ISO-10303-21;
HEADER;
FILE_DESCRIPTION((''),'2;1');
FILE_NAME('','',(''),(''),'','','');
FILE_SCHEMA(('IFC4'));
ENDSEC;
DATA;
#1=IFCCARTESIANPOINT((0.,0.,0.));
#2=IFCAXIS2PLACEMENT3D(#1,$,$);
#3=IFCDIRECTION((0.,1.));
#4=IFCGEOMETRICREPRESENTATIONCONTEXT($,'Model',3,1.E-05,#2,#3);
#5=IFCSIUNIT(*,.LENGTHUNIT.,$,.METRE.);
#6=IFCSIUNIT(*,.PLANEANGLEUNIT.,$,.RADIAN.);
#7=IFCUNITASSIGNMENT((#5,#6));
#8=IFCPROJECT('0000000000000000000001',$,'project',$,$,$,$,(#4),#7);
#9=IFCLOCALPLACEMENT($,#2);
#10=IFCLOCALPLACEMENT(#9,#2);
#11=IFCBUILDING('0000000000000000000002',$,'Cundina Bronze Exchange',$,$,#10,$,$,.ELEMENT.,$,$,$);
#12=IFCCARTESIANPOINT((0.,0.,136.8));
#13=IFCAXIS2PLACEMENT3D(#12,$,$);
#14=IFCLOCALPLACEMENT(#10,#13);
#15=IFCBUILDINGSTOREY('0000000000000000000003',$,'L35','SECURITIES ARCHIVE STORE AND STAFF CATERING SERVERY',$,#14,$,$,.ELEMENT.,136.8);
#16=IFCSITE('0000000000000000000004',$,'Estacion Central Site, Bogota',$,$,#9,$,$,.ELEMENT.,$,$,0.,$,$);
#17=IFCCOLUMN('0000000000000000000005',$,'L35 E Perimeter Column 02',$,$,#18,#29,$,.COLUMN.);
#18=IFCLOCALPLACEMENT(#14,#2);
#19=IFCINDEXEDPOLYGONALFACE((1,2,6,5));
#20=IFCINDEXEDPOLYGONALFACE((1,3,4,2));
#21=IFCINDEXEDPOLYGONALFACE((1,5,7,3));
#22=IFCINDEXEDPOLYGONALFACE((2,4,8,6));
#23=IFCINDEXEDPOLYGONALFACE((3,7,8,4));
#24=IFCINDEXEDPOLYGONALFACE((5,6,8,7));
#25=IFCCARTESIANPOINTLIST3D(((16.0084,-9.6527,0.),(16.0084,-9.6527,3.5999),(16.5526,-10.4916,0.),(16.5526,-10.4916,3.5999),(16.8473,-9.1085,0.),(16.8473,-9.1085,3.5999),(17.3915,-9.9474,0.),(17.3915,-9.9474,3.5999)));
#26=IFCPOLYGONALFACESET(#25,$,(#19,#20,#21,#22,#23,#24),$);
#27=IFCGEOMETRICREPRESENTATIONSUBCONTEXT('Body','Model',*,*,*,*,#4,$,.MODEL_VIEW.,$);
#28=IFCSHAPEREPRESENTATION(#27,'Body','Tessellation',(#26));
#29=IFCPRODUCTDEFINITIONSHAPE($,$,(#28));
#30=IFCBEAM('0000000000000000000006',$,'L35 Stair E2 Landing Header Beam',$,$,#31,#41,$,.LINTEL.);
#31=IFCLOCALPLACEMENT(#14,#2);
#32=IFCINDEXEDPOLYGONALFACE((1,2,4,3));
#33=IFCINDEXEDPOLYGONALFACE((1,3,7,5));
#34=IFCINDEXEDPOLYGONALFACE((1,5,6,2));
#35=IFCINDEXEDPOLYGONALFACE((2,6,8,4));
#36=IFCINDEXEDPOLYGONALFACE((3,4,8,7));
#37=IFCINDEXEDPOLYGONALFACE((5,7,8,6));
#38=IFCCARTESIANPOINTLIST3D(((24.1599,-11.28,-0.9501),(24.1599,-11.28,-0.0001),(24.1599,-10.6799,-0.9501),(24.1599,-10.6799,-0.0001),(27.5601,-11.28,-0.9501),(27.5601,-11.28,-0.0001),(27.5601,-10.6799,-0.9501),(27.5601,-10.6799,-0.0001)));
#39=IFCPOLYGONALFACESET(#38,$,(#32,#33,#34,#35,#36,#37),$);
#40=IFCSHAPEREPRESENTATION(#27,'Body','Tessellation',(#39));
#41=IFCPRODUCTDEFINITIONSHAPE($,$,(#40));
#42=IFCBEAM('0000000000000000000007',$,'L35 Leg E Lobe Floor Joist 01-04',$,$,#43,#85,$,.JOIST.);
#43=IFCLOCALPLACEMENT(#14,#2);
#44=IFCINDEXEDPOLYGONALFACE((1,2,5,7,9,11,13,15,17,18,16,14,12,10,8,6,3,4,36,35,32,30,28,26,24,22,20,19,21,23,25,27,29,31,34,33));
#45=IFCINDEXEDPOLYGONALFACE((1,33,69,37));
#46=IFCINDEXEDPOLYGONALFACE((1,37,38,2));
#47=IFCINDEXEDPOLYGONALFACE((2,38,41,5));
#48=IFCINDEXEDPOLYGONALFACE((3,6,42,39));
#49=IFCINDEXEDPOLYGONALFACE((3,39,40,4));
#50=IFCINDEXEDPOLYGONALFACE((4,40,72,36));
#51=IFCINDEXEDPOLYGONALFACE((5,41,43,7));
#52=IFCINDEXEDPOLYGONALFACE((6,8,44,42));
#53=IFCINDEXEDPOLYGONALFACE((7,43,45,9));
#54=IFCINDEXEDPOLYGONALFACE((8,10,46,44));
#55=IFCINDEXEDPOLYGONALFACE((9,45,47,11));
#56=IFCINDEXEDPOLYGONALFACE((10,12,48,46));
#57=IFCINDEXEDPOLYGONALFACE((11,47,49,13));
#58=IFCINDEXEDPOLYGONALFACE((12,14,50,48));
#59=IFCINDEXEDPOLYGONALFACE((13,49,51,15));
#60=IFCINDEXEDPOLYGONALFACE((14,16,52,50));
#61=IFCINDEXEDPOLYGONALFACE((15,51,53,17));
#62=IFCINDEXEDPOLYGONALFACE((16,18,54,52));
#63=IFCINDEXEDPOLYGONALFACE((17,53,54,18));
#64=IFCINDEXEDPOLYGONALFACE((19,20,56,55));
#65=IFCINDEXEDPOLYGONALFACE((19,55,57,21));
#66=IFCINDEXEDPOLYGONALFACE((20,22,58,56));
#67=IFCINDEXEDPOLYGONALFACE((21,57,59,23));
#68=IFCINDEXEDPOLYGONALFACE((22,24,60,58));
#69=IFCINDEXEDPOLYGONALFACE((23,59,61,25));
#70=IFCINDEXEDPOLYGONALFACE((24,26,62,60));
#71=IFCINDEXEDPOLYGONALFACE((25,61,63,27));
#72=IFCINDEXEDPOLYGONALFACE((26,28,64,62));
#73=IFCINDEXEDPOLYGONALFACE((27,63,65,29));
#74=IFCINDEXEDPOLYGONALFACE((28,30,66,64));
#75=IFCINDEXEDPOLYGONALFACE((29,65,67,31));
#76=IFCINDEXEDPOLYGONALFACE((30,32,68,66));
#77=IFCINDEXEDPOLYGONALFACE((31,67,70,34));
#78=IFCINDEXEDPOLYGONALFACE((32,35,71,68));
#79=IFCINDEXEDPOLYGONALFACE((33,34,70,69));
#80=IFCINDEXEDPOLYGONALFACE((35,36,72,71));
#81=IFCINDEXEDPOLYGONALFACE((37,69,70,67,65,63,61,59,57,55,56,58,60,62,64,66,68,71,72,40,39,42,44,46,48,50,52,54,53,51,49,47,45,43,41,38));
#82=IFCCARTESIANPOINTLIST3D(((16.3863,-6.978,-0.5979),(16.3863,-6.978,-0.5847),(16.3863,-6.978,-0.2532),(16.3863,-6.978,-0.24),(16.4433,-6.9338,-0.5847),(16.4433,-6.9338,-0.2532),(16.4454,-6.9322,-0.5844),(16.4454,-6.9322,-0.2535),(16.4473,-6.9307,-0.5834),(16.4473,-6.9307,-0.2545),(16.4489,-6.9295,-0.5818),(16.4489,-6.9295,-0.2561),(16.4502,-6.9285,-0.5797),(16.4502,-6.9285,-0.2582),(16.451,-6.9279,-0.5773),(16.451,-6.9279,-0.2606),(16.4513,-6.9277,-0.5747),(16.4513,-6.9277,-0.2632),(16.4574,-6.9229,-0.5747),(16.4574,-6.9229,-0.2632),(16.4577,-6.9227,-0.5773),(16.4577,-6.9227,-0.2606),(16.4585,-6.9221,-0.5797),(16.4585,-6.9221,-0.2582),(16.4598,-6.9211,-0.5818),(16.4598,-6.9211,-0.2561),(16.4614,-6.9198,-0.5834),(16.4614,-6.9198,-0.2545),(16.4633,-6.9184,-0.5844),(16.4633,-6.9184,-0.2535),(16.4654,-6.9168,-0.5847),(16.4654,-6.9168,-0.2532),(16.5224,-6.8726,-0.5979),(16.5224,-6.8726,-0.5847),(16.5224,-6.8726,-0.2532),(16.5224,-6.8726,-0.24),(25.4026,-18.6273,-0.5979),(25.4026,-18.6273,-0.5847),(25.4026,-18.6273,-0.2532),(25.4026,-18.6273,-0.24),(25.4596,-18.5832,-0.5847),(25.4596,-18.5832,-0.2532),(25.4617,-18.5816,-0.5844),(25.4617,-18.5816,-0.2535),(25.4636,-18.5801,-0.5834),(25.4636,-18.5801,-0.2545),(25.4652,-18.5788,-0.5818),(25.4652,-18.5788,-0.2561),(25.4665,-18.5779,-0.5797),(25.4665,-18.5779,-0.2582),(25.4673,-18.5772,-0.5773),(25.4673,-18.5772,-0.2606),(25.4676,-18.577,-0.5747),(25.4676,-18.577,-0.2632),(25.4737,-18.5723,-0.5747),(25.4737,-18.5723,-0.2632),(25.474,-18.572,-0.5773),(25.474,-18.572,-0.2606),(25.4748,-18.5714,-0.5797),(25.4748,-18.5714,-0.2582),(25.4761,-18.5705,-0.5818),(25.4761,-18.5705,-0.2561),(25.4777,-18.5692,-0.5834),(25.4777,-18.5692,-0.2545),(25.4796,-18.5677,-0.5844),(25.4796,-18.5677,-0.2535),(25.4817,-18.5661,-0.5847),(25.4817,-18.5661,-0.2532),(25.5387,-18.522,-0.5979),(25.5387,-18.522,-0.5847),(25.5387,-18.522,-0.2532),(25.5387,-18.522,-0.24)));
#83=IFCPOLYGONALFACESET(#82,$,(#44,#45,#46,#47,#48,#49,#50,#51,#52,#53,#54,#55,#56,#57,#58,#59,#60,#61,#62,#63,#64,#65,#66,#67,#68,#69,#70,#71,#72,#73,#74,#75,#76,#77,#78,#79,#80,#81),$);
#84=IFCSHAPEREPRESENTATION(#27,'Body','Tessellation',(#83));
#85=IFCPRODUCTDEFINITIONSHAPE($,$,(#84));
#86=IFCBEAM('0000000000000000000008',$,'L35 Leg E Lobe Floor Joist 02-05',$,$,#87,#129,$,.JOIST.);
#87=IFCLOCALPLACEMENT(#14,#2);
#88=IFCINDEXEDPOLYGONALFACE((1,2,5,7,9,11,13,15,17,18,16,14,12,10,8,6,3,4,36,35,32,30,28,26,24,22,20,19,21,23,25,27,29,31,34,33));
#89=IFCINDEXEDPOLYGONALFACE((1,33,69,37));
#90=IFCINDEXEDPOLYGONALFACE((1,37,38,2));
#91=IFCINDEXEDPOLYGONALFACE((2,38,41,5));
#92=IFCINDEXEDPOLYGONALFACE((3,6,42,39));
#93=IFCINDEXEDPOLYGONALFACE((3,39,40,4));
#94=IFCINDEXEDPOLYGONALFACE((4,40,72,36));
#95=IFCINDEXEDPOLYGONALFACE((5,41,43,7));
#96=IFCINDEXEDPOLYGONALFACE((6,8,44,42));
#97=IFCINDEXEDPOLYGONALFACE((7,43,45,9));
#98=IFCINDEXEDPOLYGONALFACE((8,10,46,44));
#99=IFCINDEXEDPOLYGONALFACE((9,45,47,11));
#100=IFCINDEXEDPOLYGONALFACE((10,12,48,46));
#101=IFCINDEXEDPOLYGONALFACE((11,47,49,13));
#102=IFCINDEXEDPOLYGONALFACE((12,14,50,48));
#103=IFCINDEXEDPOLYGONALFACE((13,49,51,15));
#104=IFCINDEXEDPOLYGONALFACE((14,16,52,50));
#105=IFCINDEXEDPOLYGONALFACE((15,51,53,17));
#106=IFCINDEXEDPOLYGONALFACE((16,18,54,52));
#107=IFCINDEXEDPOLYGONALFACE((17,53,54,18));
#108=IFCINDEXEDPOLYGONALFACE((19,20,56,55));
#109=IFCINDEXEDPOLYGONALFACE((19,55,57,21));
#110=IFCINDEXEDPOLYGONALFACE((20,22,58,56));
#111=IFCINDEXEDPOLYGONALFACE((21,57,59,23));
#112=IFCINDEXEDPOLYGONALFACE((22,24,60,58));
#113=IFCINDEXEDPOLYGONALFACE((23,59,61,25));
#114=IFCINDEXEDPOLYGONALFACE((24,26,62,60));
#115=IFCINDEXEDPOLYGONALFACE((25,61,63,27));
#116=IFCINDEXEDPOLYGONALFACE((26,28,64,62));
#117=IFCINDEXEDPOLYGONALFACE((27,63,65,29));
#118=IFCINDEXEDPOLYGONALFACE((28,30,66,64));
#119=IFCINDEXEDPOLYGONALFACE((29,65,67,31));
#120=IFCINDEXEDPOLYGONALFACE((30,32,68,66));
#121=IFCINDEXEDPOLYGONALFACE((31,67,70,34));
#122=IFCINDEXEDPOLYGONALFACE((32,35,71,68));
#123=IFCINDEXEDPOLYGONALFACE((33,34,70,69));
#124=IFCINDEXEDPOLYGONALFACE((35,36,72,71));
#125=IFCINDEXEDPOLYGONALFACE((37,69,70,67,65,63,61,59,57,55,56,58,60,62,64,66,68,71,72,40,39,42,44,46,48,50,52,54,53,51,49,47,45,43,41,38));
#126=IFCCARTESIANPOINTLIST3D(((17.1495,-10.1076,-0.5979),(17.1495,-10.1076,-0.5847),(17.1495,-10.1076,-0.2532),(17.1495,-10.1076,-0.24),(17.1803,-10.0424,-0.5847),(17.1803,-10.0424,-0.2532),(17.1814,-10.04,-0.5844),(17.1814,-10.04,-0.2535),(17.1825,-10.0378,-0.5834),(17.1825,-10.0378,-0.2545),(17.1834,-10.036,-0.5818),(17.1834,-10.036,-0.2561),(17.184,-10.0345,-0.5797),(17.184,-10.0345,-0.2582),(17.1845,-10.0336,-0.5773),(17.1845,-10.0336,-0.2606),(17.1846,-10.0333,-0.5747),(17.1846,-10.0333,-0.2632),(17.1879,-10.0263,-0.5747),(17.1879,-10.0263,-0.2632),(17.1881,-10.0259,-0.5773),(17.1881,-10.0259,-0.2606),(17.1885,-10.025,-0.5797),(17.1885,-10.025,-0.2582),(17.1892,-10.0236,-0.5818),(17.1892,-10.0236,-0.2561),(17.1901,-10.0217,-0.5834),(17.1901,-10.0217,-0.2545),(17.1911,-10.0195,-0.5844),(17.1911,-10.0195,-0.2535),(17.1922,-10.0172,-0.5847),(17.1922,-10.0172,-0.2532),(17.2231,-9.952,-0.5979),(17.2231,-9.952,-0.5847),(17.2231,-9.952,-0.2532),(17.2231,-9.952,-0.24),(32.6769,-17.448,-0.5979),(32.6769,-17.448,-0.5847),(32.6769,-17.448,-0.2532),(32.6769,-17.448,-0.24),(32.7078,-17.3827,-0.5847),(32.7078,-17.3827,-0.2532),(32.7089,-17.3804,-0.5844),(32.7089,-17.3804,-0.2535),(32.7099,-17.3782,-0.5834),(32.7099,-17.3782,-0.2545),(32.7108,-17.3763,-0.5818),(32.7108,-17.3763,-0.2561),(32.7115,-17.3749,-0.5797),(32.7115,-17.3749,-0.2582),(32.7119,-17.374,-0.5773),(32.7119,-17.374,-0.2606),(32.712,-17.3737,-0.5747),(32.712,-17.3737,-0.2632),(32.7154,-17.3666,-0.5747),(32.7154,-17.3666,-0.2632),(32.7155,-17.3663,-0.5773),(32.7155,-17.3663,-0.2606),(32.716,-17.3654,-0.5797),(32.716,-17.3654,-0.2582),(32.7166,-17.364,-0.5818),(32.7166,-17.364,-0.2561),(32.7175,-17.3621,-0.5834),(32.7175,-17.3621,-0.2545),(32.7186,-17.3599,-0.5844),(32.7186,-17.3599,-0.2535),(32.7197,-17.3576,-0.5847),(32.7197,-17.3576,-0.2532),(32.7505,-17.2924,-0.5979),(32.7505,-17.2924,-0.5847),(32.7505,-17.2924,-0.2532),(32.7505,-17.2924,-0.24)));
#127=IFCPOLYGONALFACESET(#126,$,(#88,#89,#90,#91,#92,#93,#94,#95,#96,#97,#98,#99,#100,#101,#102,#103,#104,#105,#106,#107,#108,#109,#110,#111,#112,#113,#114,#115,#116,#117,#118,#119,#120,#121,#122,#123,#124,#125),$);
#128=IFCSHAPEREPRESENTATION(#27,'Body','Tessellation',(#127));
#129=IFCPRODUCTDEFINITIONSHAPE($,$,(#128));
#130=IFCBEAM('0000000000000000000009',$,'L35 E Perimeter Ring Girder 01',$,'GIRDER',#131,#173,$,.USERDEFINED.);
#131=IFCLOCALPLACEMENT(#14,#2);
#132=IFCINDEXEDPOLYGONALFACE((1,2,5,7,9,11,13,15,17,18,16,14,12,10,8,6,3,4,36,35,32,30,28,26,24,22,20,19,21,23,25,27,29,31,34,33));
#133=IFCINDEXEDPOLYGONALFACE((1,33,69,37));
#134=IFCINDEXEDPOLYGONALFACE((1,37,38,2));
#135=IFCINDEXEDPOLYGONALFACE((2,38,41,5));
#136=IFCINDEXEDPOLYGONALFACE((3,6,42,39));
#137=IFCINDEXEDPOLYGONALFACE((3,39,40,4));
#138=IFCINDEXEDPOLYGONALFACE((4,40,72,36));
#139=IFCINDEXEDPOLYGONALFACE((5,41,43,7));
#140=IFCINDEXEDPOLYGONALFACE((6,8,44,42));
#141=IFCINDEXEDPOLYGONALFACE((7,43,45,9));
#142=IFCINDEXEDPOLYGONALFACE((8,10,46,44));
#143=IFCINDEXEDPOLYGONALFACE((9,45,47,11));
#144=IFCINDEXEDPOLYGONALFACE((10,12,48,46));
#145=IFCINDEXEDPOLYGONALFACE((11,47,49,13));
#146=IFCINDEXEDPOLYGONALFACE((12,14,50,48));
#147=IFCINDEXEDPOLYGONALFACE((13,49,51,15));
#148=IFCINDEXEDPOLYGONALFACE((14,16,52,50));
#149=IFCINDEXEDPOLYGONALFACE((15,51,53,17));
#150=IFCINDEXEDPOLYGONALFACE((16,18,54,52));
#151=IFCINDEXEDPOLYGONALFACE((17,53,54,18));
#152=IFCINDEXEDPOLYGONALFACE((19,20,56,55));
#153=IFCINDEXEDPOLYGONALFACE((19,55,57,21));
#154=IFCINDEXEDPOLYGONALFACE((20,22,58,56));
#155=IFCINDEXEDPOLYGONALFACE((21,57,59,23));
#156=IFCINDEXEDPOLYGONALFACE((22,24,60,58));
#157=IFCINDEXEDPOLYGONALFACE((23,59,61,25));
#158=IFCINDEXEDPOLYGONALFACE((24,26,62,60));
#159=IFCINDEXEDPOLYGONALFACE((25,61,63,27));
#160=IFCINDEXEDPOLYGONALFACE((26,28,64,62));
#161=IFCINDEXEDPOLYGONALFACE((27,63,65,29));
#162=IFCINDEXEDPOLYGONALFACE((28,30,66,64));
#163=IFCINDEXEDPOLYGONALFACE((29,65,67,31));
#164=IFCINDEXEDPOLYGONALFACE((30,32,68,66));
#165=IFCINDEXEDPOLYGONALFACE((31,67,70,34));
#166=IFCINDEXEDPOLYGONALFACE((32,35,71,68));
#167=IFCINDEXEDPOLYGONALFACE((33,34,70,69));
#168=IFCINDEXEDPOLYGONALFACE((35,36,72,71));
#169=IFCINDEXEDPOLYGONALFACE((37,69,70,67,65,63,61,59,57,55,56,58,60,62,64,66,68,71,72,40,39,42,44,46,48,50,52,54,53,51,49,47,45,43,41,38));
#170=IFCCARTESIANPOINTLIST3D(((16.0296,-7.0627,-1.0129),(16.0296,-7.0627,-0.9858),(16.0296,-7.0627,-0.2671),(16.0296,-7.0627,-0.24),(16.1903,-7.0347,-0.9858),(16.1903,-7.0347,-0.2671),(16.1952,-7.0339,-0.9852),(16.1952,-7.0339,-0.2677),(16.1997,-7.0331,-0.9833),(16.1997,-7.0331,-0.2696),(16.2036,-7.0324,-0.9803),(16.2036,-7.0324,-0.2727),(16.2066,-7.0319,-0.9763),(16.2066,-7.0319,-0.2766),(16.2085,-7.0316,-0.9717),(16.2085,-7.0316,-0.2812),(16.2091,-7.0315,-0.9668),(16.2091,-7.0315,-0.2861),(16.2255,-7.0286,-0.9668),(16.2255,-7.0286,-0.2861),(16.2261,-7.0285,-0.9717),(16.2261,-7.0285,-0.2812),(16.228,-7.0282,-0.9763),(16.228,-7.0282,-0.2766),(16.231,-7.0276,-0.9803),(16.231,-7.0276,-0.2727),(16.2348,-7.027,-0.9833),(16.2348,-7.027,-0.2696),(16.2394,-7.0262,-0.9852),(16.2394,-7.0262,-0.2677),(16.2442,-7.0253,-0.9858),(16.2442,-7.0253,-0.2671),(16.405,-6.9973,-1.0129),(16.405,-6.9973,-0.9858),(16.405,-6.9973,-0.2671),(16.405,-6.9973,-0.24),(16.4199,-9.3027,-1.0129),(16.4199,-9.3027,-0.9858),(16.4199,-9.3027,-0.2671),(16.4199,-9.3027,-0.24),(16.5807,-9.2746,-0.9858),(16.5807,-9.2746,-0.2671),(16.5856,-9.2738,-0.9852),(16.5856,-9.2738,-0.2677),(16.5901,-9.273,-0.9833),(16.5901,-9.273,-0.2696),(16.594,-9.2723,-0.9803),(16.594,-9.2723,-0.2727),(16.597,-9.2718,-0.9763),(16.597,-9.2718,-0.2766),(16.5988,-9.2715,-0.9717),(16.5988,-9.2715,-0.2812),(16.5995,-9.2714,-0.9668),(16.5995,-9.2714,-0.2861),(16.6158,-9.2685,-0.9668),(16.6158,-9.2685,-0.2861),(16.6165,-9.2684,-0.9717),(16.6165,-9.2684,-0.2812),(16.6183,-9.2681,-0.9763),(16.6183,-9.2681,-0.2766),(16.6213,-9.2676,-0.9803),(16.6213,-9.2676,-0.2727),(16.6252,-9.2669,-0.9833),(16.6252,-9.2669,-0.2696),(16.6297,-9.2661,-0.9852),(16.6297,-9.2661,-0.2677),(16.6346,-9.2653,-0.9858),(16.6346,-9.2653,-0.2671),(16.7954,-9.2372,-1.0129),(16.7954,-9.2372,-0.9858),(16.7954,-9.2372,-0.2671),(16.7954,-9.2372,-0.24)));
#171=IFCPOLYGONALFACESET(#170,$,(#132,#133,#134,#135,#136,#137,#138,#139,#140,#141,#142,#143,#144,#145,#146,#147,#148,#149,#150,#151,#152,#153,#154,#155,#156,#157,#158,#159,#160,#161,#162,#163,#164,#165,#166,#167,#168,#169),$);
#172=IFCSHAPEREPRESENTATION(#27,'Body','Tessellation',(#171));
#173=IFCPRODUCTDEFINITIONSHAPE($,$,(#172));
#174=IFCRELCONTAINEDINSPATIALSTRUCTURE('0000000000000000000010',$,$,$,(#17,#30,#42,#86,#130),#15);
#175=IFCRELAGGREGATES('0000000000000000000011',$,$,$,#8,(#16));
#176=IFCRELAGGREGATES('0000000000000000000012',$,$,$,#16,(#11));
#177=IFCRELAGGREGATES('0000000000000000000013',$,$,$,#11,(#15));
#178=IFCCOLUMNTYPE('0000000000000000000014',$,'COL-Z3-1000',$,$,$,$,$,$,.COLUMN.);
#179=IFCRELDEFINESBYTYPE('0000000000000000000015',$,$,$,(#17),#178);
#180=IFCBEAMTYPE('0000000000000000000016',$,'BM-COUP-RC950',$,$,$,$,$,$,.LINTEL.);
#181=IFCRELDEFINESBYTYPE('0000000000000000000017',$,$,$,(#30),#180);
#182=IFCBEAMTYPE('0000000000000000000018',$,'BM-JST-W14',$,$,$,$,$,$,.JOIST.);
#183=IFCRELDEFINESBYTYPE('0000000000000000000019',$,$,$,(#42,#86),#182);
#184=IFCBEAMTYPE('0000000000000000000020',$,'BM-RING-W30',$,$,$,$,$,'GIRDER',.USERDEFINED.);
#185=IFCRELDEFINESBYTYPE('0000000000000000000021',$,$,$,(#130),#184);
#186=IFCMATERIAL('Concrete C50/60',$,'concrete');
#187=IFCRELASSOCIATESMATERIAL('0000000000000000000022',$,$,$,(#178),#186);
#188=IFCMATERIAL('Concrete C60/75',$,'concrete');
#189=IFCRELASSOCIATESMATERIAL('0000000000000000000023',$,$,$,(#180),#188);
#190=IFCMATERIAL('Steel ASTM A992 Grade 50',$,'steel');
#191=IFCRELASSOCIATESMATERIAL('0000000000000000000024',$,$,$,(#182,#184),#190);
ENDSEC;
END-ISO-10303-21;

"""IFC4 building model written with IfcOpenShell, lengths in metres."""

from ifc_helpers import new_model, si_unit, direction, frame, origin, origin_2d, place, context, subcontext, project, spatial, rectangle, i_section, extrude, material, material_profile, profile_set, type_object, element, save


model = new_model("IFC4")

# Units and contexts
model_context = context("Model", 3, precision=1e-05, world=origin(), true_north=direction((0.0, 1.0)))
body_context = subcontext(model_context, "Body", "Model", "MODEL_VIEW")
ifc_project = project(units=[si_unit("LENGTHUNIT", "METRE"), si_unit("PLANEANGLEUNIT", "RADIAN")], contexts=[model_context])

# Site, building, storey
site_placement = place(None, origin())
site = spatial("IfcSite", under=ifc_project, at=site_placement, Name="Estacion Central Site, Bogota", CompositionType="ELEMENT", RefElevation=0.0)
building_placement = place(site_placement, origin())
building = spatial("IfcBuilding", under=site, at=building_placement, Name="Cundina Bronze Exchange", CompositionType="ELEMENT")
storey_placement = place(building_placement, frame((0.0, 0.0, 136.8)))
storey = spatial("IfcBuildingStorey", under=building, at=storey_placement, Name="L35", Description="SECURITIES ARCHIVE STORE AND STAFF CATERING SERVERY", CompositionType="ELEMENT", Elevation=136.8)

# Column
ifc_material_1 = material(Name="Concrete C50/60", Category="concrete")
ifc_material_profile_1 = material_profile(ifc_material_1, rectangle(XDim=1.0, YDim=1.0, at=origin_2d()), Name="RC1000X1000", Category="concrete")
ifc_profile_set_1 = profile_set([ifc_material_profile_1], Name="Concrete C50/60")
column_type = type_object("IfcColumnType", Name="COL-Z3-1000", PredefinedType="COLUMN", material=ifc_profile_set_1)
column_placement = place(storey_placement, frame((16.7, -9.8, 0.0), z_axis=(0.0, 0.0, 1.0), x_axis=(0.5442, -0.838956, 0.0)))
element("IfcColumn", 1, at=column_placement, inside=storey, type_object=column_type, Name="L35 E Perimeter Column 02", PredefinedType="COLUMN", context=body_context, shape_type="SweptSolid", body=[
    extrude(rectangle(XDim=1.0, YDim=1.0, at=origin_2d()), origin(), (0.0, 0.0, 1.0), 3.5999),
])

# Beams
ifc_material_2 = material(Name="Concrete C60/75", Category="concrete")
ifc_material_profile_2 = material_profile(ifc_material_2, rectangle(XDim=0.6001, YDim=0.95, at=origin_2d()), Name="RC600X950", Category="concrete")
ifc_profile_set_2 = profile_set([ifc_material_profile_2], Name="Concrete C60/75")
beam_type_1 = type_object("IfcBeamType", Name="BM-COUP-RC950", PredefinedType="LINTEL", material=ifc_profile_set_2)
beam_1_placement = place(storey_placement, frame((24.1599, -10.98, -0.4751), z_axis=(1.0, 0.0, 0.0), x_axis=(0.0, 1.0, 0.0)))
element("IfcBeam", 2, at=beam_1_placement, inside=storey, type_object=beam_type_1, Name="L35 Stair E2 Landing Header Beam", PredefinedType="LINTEL", context=body_context, shape_type="SweptSolid", body=[
    extrude(rectangle(XDim=0.6001, YDim=0.95, at=origin_2d()), origin(), (0.0, 0.0, 1.0), 3.4001),
])
ifc_material_3 = material(Name="Steel ASTM A992 Grade 50", Category="steel")
ifc_material_profile_3 = material_profile(ifc_material_3, i_section(OverallWidth=0.1721, OverallDepth=0.3579, WebThickness=0.0078, FlangeThickness=0.0132, FilletRadius=0.01, at=origin_2d()), Name="W14X38", Category="steel")
ifc_profile_set_3 = profile_set([ifc_material_profile_3], Name="Steel ASTM A992 Grade 50")
beam_type_2 = type_object("IfcBeamType", Name="BM-JST-W14", PredefinedType="JOIST", material=ifc_profile_set_3)
beam_2_placement = place(storey_placement, frame((16.4543, -6.9253, -0.4189), z_axis=(0.612065, -0.790807, 0.0), x_axis=(0.790807, 0.612065, 0.0)))
element("IfcBeam", 3, at=beam_2_placement, inside=storey, type_object=beam_type_2, Name="L35 Leg E Lobe Floor Joist 01-04", PredefinedType="JOIST", context=body_context, shape_type="SweptSolid", body=[
    extrude(i_section(OverallWidth=0.1721, OverallDepth=0.3579, WebThickness=0.0078, FlangeThickness=0.0132, FilletRadius=0.01, at=origin_2d()), origin(), (0.0, 0.0, 1.0), 14.731),
])
beam_3_placement = place(storey_placement, frame((17.1863, -10.0298, -0.4189), z_axis=(0.904069, -0.427386, 0.0), x_axis=(0.427386, 0.904069, 0.0)))
element("IfcBeam", 4, at=beam_3_placement, inside=storey, type_object=beam_type_2, Name="L35 Leg E Lobe Floor Joist 02-05", PredefinedType="JOIST", context=body_context, shape_type="SweptSolid", body=[
    extrude(i_section(OverallWidth=0.1721, OverallDepth=0.3579, WebThickness=0.0078, FlangeThickness=0.0132, FilletRadius=0.01, at=origin_2d()), origin(), (0.0, 0.0, 1.0), 17.175),
])
ifc_material_profile_4 = material_profile(ifc_material_3, i_section(OverallWidth=0.3811, OverallDepth=0.7729, WebThickness=0.0166, FlangeThickness=0.0271, FilletRadius=0.019, at=origin_2d()), Name="W30X173", Category="steel")
ifc_profile_set_4 = profile_set([ifc_material_profile_4], Name="Steel ASTM A992 Grade 50")
beam_type_3 = type_object("IfcBeamType", Name="BM-RING-W30", ElementType="GIRDER", PredefinedType="USERDEFINED", material=ifc_profile_set_4)
beam_4_placement = place(storey_placement, frame((16.2173, -7.03, -0.6265), z_axis=(0.17169, -0.985151, 0.0), x_axis=(0.985151, 0.17169, 0.0)))
element("IfcBeam", 5, at=beam_4_placement, inside=storey, type_object=beam_type_3, Name="L35 E Perimeter Ring Girder 01", ObjectType="GIRDER", PredefinedType="USERDEFINED", context=body_context, shape_type="SweptSolid", body=[
    extrude(i_section(OverallWidth=0.3811, OverallDepth=0.7729, WebThickness=0.0166, FlangeThickness=0.0271, FilletRadius=0.019, at=origin_2d()), origin(), (0.0, 0.0, 1.0), 2.2737),
])

save(model, "model.ifc")
